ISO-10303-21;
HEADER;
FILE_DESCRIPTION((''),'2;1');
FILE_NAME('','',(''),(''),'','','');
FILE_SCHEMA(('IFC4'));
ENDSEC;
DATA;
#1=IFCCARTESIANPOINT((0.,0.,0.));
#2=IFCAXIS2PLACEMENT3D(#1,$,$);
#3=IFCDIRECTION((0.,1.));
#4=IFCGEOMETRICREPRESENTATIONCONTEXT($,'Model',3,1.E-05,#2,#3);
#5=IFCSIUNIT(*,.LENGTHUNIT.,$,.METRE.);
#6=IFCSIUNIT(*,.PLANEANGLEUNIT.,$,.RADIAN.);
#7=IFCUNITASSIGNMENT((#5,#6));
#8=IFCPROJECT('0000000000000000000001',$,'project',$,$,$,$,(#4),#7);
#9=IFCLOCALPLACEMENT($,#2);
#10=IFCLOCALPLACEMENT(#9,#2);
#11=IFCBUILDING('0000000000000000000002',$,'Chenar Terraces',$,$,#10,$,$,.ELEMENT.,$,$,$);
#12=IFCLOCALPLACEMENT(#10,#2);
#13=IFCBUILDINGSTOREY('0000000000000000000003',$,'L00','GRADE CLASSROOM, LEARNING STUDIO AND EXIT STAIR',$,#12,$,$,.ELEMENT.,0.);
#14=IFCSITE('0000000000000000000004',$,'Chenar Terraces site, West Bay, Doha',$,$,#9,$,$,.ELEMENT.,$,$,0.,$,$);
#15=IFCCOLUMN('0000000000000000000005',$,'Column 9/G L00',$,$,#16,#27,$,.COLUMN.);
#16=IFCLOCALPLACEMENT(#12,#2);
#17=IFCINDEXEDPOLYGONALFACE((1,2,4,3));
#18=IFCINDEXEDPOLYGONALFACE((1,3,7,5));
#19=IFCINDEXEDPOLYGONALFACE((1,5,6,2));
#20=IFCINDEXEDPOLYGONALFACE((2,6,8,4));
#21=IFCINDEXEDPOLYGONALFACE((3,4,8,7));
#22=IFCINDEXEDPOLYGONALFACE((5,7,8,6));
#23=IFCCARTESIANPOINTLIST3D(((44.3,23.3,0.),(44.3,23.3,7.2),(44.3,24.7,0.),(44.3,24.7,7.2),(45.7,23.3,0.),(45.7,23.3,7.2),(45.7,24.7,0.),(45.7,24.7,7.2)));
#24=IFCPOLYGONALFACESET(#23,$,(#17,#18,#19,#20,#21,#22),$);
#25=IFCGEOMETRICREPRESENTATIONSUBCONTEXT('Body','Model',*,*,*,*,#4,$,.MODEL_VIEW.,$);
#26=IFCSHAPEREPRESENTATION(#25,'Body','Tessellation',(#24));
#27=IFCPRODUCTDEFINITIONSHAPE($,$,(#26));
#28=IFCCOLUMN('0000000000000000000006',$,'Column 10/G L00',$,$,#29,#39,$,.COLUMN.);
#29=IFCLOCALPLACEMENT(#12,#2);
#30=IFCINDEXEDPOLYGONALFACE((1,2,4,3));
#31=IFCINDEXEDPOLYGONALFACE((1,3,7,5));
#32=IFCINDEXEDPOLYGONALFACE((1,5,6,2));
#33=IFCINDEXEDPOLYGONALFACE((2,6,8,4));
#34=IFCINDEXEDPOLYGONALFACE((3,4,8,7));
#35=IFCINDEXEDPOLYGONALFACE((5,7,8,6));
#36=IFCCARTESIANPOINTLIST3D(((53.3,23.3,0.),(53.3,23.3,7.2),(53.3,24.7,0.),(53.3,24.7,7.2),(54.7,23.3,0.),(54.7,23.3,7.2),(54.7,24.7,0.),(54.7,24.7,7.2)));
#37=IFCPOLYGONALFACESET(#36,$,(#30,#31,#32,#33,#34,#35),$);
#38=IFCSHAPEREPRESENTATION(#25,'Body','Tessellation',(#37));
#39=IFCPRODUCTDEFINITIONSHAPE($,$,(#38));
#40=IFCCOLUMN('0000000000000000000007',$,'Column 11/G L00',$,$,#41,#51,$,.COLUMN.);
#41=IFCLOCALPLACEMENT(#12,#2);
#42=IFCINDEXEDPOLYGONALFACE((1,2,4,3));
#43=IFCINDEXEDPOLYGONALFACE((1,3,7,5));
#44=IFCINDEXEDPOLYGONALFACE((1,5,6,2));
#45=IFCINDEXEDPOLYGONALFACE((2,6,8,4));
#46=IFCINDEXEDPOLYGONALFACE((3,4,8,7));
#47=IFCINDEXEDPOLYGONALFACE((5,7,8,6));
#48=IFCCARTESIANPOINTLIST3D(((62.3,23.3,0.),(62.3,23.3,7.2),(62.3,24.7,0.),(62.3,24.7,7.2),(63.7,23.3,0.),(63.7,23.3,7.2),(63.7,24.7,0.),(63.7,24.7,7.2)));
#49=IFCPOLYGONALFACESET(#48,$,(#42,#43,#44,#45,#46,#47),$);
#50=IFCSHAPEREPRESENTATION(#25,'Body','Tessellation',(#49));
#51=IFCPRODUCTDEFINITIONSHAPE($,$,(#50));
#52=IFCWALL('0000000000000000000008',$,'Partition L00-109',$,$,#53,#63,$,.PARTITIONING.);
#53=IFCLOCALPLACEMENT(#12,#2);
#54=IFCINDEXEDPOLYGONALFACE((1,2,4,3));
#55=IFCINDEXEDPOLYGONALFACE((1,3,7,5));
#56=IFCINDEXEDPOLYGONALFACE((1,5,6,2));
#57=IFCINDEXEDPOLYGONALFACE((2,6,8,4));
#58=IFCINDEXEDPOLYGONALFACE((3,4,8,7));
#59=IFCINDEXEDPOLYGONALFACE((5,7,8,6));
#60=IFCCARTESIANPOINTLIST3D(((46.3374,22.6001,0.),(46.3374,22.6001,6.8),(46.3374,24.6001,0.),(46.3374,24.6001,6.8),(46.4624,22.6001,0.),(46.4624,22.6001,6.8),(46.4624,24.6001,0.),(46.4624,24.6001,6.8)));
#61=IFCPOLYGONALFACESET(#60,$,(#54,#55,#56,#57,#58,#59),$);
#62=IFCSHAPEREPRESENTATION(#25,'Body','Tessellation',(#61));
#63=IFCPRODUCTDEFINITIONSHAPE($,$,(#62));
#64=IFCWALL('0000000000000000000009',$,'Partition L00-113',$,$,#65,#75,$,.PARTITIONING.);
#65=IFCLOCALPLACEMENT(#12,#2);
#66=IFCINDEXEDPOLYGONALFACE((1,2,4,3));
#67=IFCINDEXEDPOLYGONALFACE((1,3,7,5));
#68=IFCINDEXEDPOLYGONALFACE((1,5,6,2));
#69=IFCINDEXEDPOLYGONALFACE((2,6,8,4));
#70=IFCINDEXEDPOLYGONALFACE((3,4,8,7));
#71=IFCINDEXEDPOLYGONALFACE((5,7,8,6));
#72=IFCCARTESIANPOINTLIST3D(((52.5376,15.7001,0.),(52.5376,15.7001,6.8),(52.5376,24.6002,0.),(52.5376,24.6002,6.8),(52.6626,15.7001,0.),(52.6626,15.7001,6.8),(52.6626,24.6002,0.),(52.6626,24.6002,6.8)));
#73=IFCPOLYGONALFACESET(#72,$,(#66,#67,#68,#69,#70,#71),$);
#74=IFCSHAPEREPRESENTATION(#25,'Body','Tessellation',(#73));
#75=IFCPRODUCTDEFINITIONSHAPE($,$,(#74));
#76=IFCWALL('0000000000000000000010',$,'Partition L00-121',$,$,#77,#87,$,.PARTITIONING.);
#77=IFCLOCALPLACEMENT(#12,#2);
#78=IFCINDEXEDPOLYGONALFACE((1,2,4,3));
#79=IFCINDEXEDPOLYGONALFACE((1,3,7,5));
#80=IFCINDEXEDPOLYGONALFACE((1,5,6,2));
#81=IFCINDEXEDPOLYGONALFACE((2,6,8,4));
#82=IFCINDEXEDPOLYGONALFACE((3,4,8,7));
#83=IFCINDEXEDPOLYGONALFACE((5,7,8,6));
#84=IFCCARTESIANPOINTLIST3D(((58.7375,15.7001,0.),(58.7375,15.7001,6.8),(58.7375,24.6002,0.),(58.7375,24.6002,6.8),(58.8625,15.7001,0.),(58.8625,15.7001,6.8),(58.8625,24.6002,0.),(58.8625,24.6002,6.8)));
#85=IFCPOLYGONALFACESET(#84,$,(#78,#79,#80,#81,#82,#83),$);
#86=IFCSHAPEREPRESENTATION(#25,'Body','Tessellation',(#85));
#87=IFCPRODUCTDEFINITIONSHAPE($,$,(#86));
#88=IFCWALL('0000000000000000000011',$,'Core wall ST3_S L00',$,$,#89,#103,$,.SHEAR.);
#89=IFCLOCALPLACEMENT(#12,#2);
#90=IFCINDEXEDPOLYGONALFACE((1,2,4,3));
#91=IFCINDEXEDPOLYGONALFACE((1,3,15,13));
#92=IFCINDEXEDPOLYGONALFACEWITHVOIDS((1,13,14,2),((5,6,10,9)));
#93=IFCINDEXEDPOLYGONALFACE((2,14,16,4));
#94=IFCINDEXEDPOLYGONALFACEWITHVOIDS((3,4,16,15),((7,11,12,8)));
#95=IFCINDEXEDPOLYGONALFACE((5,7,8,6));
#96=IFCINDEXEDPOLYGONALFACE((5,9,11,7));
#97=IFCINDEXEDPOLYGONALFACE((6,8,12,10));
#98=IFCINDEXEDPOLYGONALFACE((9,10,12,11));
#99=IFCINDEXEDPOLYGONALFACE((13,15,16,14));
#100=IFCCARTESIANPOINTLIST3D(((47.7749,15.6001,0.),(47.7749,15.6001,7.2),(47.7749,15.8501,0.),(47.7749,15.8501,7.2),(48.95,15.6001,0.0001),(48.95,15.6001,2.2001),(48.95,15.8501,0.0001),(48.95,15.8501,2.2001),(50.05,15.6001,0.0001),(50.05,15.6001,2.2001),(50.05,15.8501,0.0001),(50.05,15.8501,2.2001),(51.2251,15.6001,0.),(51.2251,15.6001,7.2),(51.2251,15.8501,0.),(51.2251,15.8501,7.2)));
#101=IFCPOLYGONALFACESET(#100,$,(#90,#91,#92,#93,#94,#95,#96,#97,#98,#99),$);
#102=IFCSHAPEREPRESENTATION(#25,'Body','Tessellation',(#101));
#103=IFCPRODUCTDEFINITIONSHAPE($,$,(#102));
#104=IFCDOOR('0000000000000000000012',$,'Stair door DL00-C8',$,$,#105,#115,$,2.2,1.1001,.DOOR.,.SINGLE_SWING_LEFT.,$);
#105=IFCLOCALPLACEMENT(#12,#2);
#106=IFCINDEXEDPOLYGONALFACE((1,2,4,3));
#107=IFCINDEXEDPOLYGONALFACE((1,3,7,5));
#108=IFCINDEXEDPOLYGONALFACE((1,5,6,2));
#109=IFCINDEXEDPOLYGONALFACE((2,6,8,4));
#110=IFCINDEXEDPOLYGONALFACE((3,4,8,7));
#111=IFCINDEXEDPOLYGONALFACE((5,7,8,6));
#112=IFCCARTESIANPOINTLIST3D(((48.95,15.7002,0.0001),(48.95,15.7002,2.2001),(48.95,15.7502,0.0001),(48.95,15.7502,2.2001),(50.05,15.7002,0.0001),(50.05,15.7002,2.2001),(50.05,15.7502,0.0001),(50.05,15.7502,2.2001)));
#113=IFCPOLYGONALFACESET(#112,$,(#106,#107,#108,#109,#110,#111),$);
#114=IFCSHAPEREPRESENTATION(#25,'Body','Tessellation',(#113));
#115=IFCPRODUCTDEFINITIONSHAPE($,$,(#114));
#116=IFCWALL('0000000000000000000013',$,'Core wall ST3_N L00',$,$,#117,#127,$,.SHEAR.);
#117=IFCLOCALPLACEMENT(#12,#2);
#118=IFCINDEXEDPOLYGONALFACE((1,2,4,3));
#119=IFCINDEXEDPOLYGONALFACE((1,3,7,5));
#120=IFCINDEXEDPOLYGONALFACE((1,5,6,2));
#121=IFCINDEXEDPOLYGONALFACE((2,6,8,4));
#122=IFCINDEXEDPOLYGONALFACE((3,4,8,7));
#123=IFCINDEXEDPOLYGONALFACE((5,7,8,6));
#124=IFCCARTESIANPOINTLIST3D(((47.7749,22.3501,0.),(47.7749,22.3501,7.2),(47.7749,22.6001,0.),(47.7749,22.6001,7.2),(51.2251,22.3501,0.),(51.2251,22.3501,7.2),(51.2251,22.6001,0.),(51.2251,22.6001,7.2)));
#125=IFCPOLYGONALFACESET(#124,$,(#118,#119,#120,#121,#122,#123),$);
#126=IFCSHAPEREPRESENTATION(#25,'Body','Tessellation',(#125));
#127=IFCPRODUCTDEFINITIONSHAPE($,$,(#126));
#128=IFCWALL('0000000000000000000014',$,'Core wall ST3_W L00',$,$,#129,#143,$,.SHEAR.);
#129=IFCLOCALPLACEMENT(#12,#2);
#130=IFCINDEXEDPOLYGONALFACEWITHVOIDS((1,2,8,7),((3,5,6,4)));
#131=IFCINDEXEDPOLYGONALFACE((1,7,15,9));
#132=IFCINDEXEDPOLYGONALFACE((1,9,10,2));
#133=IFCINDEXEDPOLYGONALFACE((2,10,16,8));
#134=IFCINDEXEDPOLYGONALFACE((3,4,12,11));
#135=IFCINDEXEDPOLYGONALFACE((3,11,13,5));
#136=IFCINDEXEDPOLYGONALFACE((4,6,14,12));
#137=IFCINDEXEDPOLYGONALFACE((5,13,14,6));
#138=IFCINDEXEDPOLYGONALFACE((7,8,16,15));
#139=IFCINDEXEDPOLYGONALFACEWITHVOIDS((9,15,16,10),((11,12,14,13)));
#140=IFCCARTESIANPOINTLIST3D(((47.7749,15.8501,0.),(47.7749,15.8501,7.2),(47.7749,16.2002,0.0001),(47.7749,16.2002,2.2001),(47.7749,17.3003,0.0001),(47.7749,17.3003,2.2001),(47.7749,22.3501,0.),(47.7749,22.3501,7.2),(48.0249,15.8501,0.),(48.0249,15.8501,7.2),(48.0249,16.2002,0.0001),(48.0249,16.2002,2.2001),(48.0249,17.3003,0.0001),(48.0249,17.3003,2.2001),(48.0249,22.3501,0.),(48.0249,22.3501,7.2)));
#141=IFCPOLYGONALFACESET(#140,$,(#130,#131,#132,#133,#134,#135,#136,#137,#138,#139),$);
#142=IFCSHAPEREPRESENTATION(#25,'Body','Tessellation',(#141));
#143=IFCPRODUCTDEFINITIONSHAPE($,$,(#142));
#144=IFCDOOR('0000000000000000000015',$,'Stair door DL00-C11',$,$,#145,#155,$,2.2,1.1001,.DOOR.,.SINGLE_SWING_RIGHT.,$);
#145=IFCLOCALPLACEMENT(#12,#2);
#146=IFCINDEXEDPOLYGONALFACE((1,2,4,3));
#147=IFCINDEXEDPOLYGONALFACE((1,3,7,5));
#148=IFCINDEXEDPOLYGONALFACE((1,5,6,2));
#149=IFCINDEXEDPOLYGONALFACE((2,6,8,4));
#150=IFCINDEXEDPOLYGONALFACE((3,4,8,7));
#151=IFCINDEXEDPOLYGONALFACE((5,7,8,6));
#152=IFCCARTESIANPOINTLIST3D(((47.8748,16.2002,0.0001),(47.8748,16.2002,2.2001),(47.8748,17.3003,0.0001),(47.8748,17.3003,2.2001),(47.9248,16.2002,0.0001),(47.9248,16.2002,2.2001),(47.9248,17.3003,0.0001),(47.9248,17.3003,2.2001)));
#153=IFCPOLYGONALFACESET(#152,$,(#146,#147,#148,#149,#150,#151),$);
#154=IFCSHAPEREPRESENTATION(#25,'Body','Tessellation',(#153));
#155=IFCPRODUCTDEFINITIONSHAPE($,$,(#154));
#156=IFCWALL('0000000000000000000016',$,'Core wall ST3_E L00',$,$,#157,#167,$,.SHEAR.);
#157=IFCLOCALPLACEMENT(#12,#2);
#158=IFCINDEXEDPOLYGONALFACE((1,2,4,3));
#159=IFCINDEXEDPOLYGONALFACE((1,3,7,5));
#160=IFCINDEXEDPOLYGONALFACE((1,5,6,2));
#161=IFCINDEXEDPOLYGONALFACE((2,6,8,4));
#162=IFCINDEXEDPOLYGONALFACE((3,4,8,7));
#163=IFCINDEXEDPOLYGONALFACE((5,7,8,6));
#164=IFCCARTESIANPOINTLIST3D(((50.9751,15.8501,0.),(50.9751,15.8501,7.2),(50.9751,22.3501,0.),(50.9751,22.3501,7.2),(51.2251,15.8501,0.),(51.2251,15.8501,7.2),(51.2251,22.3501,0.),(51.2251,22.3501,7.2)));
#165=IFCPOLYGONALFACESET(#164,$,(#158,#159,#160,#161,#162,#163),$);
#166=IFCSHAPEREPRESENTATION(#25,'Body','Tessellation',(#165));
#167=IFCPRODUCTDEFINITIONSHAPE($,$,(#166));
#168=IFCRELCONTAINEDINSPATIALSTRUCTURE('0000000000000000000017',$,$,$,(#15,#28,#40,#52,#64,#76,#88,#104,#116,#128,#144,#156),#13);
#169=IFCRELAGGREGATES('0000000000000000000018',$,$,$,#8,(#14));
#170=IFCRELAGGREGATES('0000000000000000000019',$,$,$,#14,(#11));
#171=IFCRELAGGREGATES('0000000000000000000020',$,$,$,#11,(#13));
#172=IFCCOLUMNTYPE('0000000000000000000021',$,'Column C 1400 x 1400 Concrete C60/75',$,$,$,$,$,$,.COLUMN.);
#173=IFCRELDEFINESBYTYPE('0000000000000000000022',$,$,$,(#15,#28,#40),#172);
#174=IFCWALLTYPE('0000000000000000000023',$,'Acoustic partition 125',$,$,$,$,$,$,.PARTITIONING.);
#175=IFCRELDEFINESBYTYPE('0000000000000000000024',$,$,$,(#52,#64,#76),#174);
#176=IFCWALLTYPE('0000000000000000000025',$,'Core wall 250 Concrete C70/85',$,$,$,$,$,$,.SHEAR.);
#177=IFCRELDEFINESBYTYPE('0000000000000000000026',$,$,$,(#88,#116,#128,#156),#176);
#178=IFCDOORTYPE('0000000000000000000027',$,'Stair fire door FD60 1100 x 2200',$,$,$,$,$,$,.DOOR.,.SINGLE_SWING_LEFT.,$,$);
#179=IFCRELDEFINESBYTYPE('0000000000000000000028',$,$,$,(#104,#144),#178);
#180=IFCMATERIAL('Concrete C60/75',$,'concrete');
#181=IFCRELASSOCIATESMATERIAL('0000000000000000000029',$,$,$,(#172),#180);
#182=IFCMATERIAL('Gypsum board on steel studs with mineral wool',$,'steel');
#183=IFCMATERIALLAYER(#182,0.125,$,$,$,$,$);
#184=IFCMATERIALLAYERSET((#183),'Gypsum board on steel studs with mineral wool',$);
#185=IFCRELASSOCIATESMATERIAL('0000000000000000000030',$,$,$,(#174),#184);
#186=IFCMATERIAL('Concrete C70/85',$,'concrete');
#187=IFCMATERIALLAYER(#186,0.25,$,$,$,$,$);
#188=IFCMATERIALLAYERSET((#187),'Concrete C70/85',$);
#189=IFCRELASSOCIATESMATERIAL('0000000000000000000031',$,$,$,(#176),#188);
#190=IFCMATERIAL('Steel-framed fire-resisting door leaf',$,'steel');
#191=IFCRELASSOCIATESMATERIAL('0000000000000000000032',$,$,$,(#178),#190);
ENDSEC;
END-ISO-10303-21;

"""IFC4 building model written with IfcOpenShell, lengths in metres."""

from ifc_helpers import new_model, si_unit, direction, frame, frame_2d, origin, origin_2d, place, context, subcontext, project, spatial, rectangle, extrude, material, layer, layer_set, material_profile, profile_set, type_object, element, fill, save


model = new_model("IFC4")

# Units and contexts
model_context = context("Model", 3, precision=1e-05, world=origin(), true_north=direction((0.0, 1.0)))
body_context = subcontext(model_context, "Body", "Model", "MODEL_VIEW")
ifc_project = project(units=[si_unit("LENGTHUNIT", "METRE"), si_unit("PLANEANGLEUNIT", "RADIAN")], contexts=[model_context])

# Site, building, storey
site_placement = place(None, origin())
site = spatial("IfcSite", under=ifc_project, at=site_placement, Name="Chenar Terraces site, West Bay, Doha", CompositionType="ELEMENT", RefElevation=0.0)
building_placement = place(site_placement, origin())
building = spatial("IfcBuilding", under=site, at=building_placement, Name="Chenar Terraces", CompositionType="ELEMENT")
storey_placement = place(building_placement, origin())
storey = spatial("IfcBuildingStorey", under=building, at=storey_placement, Name="L00", Description="GRADE CLASSROOM, LEARNING STUDIO AND EXIT STAIR", CompositionType="ELEMENT", Elevation=0.0)

# Columns
ifc_material_1 = material(Name="Concrete C60/75", Category="concrete")
ifc_material_profile = material_profile(ifc_material_1, rectangle(XDim=1.3999, YDim=1.3999, at=origin_2d()), Name="C 1400 x 1400")
ifc_profile_set = profile_set([ifc_material_profile], Name="Concrete C60/75")
column_type = type_object("IfcColumnType", Name="Column C 1400 x 1400 Concrete C60/75", PredefinedType="COLUMN", material=ifc_profile_set)
for number, where, z_axis, x_axis, name in (
    (1, (45.0, 24.0, 0.0), (0.0, 0.0, 1.0), (1.0, 0.0, 0.0), "Column 9/G L00"),
    (2, (54.0, 24.0, 0.0), (0.0, 0.0, 1.0), (1.0, 0.0, 0.0), "Column 10/G L00"),
    (3, (63.0, 24.0, 0.0), (0.0, 0.0, 1.0), (1.0, 0.0, 0.0), "Column 11/G L00"),
):
    element("IfcColumn", number, at=place(storey_placement, frame(where, z_axis=z_axis, x_axis=x_axis)), inside=storey, type_object=column_type, Name=name, PredefinedType="COLUMN", context=body_context, shape_type="SweptSolid", body=[
        extrude(rectangle(XDim=1.3999, YDim=1.3999, at=origin_2d()), origin(), (0.0, 0.0, 1.0), 7.2),
    ])

# Walls
ifc_material_2 = material(Name="Gypsum board on steel studs with mineral wool", Category="steel")
ifc_layer_1 = layer(ifc_material_2, 0.125)
ifc_layer_set_1 = layer_set([ifc_layer_1], Name="Gypsum board on steel studs with mineral wool")
wall_type_1 = type_object("IfcWallType", Name="Acoustic partition 125", PredefinedType="PARTITIONING", material=ifc_layer_set_1)
wall_1_placement = place(storey_placement, frame((46.3999, 22.6001, 0.0), z_axis=(0.0, 0.0, 1.0), x_axis=(0.0, 1.0, 0.0)))
element("IfcWall", 4, at=wall_1_placement, inside=storey, type_object=wall_type_1, Name="Partition L00-109", PredefinedType="PARTITIONING", context=body_context, shape_type="SweptSolid", body=[
    extrude(rectangle(XDim=2.0, YDim=0.125, at=frame_2d((1.0, 0.0))), origin(), (0.0, 0.0, 1.0), 6.8),
])
for number, where, z_axis, x_axis, name in (
    (5, (52.6001, 15.7, 0.0), (0.0, 0.0, 1.0), (0.0, 1.0, 0.0), "Partition L00-113"),
    (6, (58.8, 15.7, 0.0), (0.0, 0.0, 1.0), (0.0, 1.0, 0.0), "Partition L00-121"),
):
    element("IfcWall", number, at=place(storey_placement, frame(where, z_axis=z_axis, x_axis=x_axis)), inside=storey, type_object=wall_type_1, Name=name, PredefinedType="PARTITIONING", context=body_context, shape_type="SweptSolid", body=[
        extrude(rectangle(XDim=8.9001, YDim=0.125, at=frame_2d((4.4502, 0.0))), origin(), (0.0, 0.0, 1.0), 6.8),
    ])

# Wall, opening, door
ifc_material_3 = material(Name="Concrete C70/85", Category="concrete")
ifc_layer_2 = layer(ifc_material_3, 0.25)
ifc_layer_set_2 = layer_set([ifc_layer_2], Name="Concrete C70/85")
wall_type_2 = type_object("IfcWallType", Name="Core wall 250 Concrete C70/85", PredefinedType="SHEAR", material=ifc_layer_set_2)
wall_2_placement = place(storey_placement, frame((47.7749, 15.7251, 0.0), z_axis=(0.0, 0.0, 1.0), x_axis=(1.0, 0.0, 0.0)))
wall_2 = element("IfcWall", 7, at=wall_2_placement, inside=storey, type_object=wall_type_2, Name="Core wall ST3_S L00", PredefinedType="SHEAR", context=body_context, shape_type="SweptSolid", body=[
    extrude(rectangle(XDim=3.4502, YDim=0.25, at=frame_2d((1.7251, 0.0))), origin(), (0.0, 0.0, 1.0), 7.2),
])
opening_1_placement = place(wall_2_placement, frame((1.175, 0.0, 0.0)))
opening_1 = element("IfcOpeningElement", 8, at=opening_1_placement, cuts=wall_2, PredefinedType="OPENING", context=body_context, shape_type="SweptSolid", body=[
    extrude(rectangle(XDim=1.1001, YDim=2.2, at=frame_2d((0.55, 1.1001))), frame((0.0, 0.135, 0.0), z_axis=(0.0, -1.0, 0.0), x_axis=(1.0, 0.0, 0.0)), (0.0, 0.0, 1.0), 0.27),
])
ifc_material_4 = material(Name="Steel-framed fire-resisting door leaf", Category="steel")
door_type = type_object("IfcDoorType", Name="Stair fire door FD60 1100 x 2200", OperationType="SINGLE_SWING_LEFT", PredefinedType="DOOR", material=ifc_material_4)
door_1_placement = place(opening_1_placement, frame((1.1001, 0.0, 0.0), z_axis=(0.0, 0.0, 1.0), x_axis=(-1.0, 0.0, 0.0)))
door_1 = element("IfcDoor", 9, at=door_1_placement, inside=storey, type_object=door_type, Name="Stair door DL00-C8", OperationType="SINGLE_SWING_LEFT", OverallHeight=2.2, OverallWidth=1.1001, PredefinedType="DOOR", context=body_context, shape_type="SweptSolid", body=[
    extrude(rectangle(XDim=1.1001, YDim=2.2, at=frame_2d((0.55, 1.1001))), frame((0.0, 0.0249, 0.0), z_axis=(0.0, -1.0, 0.0), x_axis=(1.0, 0.0, 0.0)), (0.0, 0.0, 1.0), 0.05),
])
fill(opening_1, door_1)

# Wall
wall_3_placement = place(storey_placement, frame((47.7749, 22.4751, 0.0), z_axis=(0.0, 0.0, 1.0), x_axis=(1.0, 0.0, 0.0)))
element("IfcWall", 10, at=wall_3_placement, inside=storey, type_object=wall_type_2, Name="Core wall ST3_N L00", PredefinedType="SHEAR", context=body_context, shape_type="SweptSolid", body=[
    extrude(rectangle(XDim=3.4502, YDim=0.25, at=frame_2d((1.7251, 0.0))), origin(), (0.0, 0.0, 1.0), 7.2),
])

# Wall, opening, door
wall_4_placement = place(storey_placement, frame((47.8999, 15.8501, 0.0), z_axis=(0.0, 0.0, 1.0), x_axis=(0.0, 1.0, 0.0)))
wall_4 = element("IfcWall", 11, at=wall_4_placement, inside=storey, type_object=wall_type_2, Name="Core wall ST3_W L00", PredefinedType="SHEAR", context=body_context, shape_type="SweptSolid", body=[
    extrude(rectangle(XDim=6.5, YDim=0.25, at=frame_2d((3.25, 0.0))), origin(), (0.0, 0.0, 1.0), 7.2),
])
opening_2_placement = place(wall_4_placement, frame((0.3501, 0.0, 0.0)))
opening_2 = element("IfcOpeningElement", 12, at=opening_2_placement, cuts=wall_4, PredefinedType="OPENING", context=body_context, shape_type="SweptSolid", body=[
    extrude(rectangle(XDim=1.1001, YDim=2.2, at=frame_2d((0.55, 1.1001))), frame((0.0, 0.135, 0.0), z_axis=(0.0, -1.0, 0.0), x_axis=(1.0, 0.0, 0.0)), (0.0, 0.0, 1.0), 0.27),
])
door_2_placement = place(opening_2_placement, frame((1.1001, 0.0, 0.0), z_axis=(0.0, 0.0, 1.0), x_axis=(-1.0, 0.0, 0.0)))
door_2 = element("IfcDoor", 13, at=door_2_placement, inside=storey, type_object=door_type, Name="Stair door DL00-C11", OperationType="SINGLE_SWING_RIGHT", OverallHeight=2.2, OverallWidth=1.1001, PredefinedType="DOOR", context=body_context, shape_type="SweptSolid", body=[
    extrude(rectangle(XDim=1.1001, YDim=2.2, at=frame_2d((0.55, 1.1001))), frame((0.0, 0.0249, 0.0), z_axis=(0.0, -1.0, 0.0), x_axis=(1.0, 0.0, 0.0)), (0.0, 0.0, 1.0), 0.05),
])
fill(opening_2, door_2)

# Wall
wall_5_placement = place(storey_placement, frame((51.1001, 15.8501, 0.0), z_axis=(0.0, 0.0, 1.0), x_axis=(0.0, 1.0, 0.0)))
element("IfcWall", 14, at=wall_5_placement, inside=storey, type_object=wall_type_2, Name="Core wall ST3_E L00", PredefinedType="SHEAR", context=body_context, shape_type="SweptSolid", body=[
    extrude(rectangle(XDim=6.5, YDim=0.25, at=frame_2d((3.25, 0.0))), origin(), (0.0, 0.0, 1.0), 7.2),
])

save(model, "model.ifc")
